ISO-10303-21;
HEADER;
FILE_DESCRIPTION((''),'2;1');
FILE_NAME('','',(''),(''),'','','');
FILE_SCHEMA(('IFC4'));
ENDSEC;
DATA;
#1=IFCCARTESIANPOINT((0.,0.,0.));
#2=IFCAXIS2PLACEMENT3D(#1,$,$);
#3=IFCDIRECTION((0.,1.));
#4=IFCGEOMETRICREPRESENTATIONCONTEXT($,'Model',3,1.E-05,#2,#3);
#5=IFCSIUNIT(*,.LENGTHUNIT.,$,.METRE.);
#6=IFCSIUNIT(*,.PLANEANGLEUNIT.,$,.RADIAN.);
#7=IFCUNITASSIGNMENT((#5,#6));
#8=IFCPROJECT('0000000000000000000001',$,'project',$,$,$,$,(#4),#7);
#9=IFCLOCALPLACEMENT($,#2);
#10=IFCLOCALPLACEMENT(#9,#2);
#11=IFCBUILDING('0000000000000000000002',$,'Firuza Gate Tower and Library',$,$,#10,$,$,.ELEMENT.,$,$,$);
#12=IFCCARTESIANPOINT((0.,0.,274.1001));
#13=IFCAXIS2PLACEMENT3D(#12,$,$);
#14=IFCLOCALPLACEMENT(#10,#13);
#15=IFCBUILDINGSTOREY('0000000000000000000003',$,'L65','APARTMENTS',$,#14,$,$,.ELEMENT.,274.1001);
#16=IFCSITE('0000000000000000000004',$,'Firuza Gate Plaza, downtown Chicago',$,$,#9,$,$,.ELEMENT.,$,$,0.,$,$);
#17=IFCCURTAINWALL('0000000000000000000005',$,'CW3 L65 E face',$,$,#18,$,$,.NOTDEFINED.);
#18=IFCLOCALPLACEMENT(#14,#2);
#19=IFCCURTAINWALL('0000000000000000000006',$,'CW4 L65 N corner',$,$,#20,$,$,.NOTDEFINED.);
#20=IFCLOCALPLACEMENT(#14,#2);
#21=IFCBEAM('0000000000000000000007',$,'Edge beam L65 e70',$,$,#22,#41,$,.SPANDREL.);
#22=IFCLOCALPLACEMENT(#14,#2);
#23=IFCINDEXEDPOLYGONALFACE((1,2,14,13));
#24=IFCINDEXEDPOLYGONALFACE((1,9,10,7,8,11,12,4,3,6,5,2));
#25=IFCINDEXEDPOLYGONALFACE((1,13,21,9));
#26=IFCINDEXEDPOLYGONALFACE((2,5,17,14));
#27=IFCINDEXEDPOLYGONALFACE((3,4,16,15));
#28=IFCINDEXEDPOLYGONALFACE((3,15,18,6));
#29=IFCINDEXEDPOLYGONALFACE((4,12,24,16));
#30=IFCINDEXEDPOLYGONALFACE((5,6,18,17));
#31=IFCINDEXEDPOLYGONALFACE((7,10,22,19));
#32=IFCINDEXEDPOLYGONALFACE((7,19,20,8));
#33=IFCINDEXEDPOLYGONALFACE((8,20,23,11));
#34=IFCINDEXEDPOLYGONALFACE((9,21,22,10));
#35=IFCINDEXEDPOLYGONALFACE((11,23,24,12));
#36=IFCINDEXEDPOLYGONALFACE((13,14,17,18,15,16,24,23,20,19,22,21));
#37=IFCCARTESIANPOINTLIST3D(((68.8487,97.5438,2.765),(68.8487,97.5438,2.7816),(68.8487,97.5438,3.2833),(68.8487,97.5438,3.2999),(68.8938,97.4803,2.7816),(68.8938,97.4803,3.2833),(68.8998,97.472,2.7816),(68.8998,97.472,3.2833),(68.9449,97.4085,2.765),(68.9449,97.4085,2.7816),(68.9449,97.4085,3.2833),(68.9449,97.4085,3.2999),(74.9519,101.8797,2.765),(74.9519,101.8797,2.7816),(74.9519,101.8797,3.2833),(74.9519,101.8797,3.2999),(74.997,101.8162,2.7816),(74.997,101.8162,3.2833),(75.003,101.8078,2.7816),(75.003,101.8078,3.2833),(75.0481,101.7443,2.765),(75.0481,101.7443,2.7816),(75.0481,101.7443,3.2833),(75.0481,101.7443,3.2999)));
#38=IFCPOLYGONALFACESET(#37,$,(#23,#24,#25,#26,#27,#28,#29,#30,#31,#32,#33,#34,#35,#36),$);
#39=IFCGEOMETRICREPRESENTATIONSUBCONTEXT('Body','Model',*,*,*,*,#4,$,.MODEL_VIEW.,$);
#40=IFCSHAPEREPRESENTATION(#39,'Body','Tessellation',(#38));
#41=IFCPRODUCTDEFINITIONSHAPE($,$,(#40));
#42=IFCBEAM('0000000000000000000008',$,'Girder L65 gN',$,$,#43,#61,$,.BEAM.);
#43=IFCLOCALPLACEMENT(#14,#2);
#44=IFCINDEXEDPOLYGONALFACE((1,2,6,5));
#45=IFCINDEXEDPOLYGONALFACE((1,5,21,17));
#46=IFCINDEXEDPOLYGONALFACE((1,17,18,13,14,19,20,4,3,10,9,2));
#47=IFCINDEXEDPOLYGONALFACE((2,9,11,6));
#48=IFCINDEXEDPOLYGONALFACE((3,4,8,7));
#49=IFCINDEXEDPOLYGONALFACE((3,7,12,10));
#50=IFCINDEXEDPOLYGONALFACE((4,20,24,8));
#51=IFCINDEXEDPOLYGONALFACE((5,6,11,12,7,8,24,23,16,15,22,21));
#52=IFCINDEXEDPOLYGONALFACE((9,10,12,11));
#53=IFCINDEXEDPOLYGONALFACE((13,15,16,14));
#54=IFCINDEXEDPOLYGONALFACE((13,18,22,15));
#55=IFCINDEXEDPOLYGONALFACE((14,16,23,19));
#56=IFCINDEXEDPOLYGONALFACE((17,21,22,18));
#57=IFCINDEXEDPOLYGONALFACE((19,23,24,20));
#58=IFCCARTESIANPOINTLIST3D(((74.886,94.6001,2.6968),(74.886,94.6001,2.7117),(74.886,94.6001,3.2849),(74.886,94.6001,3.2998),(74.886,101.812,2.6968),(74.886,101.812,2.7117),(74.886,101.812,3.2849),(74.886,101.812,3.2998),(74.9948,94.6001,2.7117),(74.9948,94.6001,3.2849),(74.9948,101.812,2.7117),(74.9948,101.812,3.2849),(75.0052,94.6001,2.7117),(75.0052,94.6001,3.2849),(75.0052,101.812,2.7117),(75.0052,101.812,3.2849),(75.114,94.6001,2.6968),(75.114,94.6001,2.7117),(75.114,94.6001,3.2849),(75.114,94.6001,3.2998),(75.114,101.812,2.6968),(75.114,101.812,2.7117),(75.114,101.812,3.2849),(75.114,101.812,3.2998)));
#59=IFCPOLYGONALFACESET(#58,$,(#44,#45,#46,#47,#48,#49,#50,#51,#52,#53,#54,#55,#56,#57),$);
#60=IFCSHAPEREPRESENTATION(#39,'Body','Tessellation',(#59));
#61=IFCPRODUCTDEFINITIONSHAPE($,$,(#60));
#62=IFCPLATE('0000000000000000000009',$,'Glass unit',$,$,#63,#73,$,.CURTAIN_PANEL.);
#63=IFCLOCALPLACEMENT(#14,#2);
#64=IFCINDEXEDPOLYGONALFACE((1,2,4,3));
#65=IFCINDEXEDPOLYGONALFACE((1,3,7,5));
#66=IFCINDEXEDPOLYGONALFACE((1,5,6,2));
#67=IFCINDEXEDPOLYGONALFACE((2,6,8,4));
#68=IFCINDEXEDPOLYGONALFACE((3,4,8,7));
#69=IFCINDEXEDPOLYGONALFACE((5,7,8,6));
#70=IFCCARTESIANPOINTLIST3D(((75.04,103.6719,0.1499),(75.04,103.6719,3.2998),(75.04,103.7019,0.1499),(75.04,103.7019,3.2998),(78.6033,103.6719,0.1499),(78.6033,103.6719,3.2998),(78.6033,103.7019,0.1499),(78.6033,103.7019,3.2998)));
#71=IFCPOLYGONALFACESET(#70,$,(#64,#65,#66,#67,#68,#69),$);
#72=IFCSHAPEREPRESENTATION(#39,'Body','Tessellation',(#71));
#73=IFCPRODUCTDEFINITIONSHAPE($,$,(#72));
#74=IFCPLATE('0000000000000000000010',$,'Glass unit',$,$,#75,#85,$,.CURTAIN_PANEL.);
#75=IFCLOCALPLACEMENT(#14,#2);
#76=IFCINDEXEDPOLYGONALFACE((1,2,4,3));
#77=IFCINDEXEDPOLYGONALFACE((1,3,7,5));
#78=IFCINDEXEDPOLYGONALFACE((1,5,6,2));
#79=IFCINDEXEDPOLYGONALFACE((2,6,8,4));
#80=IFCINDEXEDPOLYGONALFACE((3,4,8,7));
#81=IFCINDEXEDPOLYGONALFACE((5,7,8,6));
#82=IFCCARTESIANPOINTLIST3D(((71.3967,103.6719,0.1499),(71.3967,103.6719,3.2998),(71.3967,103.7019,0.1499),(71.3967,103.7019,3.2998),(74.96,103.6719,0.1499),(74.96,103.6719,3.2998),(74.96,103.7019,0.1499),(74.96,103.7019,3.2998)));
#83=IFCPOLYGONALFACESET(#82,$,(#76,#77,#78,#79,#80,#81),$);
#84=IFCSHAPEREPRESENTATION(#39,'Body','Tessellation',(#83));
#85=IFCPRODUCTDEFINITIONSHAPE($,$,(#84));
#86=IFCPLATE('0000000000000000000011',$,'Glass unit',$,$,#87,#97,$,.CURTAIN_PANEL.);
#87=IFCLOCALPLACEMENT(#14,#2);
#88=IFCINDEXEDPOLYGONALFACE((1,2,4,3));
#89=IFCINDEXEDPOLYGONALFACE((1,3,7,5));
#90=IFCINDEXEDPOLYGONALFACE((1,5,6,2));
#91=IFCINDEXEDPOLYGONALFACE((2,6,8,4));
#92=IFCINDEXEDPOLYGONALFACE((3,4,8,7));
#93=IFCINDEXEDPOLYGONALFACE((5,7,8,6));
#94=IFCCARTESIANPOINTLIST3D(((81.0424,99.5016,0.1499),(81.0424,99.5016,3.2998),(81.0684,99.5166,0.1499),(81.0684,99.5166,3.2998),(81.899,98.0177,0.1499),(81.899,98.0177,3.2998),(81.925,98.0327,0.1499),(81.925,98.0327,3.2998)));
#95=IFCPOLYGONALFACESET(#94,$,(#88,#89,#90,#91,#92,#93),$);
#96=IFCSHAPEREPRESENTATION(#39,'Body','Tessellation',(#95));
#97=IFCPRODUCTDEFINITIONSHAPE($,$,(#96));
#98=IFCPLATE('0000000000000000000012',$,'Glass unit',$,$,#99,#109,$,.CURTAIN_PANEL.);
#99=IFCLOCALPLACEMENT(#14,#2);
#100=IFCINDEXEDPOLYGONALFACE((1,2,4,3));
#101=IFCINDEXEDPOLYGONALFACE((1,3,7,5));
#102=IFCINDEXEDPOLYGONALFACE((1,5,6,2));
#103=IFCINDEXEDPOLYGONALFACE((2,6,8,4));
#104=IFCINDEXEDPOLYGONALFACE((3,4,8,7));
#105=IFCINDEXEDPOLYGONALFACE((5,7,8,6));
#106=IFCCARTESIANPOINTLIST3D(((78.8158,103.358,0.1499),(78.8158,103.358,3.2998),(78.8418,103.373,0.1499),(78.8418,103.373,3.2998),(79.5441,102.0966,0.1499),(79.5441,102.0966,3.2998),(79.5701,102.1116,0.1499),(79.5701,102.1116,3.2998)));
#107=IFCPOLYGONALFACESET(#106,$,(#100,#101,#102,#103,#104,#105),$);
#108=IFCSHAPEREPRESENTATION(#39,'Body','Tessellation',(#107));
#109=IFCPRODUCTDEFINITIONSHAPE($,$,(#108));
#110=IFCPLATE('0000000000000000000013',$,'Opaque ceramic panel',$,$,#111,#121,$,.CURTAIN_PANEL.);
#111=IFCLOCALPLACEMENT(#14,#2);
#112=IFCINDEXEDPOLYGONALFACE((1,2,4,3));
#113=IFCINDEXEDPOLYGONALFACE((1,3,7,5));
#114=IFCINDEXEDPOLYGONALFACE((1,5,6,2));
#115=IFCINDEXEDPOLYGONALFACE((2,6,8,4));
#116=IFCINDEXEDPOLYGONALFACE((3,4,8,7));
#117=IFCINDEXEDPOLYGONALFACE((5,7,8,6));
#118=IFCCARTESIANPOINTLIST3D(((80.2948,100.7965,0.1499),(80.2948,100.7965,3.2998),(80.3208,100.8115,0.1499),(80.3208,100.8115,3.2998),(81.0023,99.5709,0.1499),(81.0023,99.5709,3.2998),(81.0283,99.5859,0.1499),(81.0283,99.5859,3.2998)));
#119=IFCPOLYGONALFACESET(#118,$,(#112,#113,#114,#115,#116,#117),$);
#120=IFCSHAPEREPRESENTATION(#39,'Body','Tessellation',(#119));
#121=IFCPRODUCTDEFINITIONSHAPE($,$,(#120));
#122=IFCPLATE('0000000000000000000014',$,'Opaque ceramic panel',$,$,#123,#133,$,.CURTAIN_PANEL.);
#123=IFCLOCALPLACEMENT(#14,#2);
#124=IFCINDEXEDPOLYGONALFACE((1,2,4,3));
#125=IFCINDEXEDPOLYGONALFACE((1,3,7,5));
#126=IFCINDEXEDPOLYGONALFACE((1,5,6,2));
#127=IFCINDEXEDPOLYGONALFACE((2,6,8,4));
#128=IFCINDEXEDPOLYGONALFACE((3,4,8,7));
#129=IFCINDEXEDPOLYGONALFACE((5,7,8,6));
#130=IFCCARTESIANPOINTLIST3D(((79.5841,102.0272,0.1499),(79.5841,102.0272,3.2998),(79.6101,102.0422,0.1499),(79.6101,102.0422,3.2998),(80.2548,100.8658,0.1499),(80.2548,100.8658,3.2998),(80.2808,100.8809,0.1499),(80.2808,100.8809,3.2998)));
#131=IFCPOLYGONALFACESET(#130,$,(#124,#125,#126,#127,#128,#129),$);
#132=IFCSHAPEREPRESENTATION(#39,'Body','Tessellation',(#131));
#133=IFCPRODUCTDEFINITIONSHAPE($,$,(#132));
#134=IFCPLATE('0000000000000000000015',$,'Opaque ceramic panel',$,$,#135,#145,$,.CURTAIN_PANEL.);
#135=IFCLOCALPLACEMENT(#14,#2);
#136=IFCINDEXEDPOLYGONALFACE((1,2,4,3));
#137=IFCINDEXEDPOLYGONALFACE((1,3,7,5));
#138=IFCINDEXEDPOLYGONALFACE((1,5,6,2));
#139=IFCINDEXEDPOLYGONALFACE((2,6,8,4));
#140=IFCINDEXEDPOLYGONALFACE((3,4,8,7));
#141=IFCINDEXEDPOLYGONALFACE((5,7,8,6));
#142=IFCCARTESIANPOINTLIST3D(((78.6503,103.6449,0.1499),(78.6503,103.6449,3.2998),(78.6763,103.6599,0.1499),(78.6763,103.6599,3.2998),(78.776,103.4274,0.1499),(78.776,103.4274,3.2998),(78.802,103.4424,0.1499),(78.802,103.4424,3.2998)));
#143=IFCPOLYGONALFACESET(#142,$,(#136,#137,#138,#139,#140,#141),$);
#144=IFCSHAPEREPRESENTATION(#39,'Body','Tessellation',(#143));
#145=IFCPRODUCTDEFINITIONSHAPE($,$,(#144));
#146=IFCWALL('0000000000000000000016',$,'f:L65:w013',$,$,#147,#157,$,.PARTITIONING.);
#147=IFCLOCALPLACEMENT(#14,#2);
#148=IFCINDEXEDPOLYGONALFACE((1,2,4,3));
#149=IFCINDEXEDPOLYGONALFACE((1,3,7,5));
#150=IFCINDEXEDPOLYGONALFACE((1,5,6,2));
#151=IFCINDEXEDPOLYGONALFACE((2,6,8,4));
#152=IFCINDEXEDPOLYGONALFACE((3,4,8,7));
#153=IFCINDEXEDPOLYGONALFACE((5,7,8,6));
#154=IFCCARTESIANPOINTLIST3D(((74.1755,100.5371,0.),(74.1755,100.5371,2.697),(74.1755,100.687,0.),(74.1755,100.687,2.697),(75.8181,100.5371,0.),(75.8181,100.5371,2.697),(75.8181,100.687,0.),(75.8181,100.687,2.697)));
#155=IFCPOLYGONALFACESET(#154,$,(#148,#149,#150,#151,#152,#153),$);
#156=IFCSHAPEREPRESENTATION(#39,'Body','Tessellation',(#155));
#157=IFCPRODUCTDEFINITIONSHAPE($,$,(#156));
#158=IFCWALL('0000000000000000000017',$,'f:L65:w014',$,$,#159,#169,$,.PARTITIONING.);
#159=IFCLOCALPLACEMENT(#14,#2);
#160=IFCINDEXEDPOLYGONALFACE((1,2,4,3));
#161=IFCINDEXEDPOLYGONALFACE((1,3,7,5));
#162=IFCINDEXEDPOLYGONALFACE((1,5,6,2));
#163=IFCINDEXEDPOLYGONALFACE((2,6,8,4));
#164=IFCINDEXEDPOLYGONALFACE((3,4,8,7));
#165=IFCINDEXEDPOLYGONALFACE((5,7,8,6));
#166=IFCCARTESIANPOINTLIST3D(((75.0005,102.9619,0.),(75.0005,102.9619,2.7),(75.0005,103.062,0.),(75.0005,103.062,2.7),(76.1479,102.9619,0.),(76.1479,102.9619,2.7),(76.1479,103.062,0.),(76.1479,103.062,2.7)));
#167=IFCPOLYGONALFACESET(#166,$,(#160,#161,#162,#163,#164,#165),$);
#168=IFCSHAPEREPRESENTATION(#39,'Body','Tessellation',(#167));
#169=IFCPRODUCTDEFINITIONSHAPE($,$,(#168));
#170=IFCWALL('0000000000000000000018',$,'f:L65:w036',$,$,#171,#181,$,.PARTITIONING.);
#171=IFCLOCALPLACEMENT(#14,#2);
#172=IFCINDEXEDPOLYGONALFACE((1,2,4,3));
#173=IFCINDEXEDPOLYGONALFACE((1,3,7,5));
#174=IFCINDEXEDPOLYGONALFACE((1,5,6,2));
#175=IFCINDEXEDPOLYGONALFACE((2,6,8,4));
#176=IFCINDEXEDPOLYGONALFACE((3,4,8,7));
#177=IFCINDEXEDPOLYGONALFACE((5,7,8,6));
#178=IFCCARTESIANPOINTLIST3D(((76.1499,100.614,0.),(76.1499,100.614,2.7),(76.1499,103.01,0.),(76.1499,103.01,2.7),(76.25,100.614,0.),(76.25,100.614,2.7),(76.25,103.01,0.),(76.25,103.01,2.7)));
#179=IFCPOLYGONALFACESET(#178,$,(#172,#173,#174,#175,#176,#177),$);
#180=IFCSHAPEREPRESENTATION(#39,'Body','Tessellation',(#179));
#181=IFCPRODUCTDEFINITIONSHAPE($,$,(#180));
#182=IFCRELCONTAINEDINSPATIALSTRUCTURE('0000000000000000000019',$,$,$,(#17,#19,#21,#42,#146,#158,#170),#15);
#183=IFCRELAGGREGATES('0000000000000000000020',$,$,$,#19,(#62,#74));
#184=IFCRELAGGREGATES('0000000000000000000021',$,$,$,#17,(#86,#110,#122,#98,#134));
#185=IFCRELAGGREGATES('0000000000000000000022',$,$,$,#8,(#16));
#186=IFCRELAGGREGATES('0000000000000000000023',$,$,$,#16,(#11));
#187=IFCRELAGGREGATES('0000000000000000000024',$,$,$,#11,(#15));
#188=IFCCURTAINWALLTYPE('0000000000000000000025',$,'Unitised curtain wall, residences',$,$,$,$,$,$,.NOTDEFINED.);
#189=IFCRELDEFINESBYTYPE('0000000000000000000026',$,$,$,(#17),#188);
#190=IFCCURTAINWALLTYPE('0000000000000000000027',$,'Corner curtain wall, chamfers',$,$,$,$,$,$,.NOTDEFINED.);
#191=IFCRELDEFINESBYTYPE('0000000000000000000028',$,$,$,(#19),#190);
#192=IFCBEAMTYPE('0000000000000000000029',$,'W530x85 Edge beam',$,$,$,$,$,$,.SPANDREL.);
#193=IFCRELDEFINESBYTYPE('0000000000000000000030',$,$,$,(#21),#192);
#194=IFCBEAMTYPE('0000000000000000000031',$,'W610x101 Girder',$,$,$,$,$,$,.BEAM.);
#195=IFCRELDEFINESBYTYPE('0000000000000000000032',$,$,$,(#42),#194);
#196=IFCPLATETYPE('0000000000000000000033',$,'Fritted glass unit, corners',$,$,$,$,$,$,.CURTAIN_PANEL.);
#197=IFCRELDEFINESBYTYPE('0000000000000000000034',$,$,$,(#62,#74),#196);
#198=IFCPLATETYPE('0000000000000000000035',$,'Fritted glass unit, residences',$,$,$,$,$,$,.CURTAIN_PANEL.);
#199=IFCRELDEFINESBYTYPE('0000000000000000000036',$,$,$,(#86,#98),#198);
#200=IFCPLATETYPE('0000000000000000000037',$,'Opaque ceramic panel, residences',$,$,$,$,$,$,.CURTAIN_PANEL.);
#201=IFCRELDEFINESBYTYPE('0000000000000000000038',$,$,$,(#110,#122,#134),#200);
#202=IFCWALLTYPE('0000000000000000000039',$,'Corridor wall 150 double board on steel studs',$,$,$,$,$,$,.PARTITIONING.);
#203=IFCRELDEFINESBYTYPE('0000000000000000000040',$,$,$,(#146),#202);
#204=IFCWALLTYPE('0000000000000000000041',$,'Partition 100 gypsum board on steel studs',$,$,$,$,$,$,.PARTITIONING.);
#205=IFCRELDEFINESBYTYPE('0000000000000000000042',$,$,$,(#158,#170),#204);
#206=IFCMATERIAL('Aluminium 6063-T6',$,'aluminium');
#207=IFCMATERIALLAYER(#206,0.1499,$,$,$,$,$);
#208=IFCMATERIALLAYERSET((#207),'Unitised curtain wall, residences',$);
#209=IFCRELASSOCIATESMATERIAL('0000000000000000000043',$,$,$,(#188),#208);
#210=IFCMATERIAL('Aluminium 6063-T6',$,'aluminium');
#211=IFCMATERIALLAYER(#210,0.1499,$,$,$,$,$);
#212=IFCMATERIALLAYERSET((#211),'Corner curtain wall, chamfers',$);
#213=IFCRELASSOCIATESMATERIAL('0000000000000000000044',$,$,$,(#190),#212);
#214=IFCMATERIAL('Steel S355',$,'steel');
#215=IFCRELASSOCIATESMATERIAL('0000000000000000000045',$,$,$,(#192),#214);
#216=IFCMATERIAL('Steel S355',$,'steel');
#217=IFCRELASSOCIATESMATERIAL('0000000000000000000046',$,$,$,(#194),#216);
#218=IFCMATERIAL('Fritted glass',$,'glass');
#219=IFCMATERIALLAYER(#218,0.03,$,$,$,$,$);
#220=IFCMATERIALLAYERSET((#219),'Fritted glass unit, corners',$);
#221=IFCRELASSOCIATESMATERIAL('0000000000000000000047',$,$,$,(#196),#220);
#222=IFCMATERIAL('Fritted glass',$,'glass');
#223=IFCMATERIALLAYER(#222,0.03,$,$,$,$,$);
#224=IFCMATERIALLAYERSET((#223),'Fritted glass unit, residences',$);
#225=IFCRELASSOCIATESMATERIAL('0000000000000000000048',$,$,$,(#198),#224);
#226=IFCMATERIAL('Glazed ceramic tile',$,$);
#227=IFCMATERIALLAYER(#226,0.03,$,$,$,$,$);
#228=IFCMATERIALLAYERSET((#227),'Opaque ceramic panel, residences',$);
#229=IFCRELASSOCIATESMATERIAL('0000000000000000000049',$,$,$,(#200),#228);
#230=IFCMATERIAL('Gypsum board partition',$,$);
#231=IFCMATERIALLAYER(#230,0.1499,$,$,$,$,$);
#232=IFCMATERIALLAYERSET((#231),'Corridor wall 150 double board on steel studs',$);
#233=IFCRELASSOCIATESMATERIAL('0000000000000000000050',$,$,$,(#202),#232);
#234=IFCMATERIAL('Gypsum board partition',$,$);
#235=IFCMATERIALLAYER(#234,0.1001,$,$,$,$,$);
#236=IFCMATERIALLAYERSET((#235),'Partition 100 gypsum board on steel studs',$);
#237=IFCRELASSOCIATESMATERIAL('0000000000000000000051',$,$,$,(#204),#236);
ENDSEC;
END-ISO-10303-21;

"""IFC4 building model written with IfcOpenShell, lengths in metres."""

from ifc_helpers import new_model, si_unit, direction, frame, frame_2d, origin, origin_2d, place, context, subcontext, project, spatial, polyline, rectangle, i_section, outline, extrude, material, layer, layer_set, material_profile, profile_set, type_object, element, aggregate, save


model = new_model("IFC4")

# Units and contexts
model_context = context("Model", 3, precision=1e-05, world=origin(), true_north=direction((0.0, 1.0)))
body_context = subcontext(model_context, "Body", "Model", "MODEL_VIEW")
ifc_project = project(units=[si_unit("LENGTHUNIT", "METRE"), si_unit("PLANEANGLEUNIT", "RADIAN")], contexts=[model_context])

# Site, building, storey
site_placement = place(None, origin())
site = spatial("IfcSite", under=ifc_project, at=site_placement, Name="Firuza Gate Plaza, downtown Chicago", CompositionType="ELEMENT", RefElevation=0.0)
building_placement = place(site_placement, origin())
building = spatial("IfcBuilding", under=site, at=building_placement, Name="Firuza Gate Tower and Library", CompositionType="ELEMENT")
storey_placement = place(building_placement, frame((0.0, 0.0, 274.1001)))
storey = spatial("IfcBuildingStorey", under=building, at=storey_placement, Name="L65", Description="APARTMENTS", CompositionType="ELEMENT", Elevation=274.1001)

# Curtain walls
ifc_material_1 = material(Name="Aluminium 6063-T6", Category="aluminium")
ifc_layer_1 = layer(ifc_material_1, 0.1499)
ifc_layer_set_1 = layer_set([ifc_layer_1], Name="Unitised curtain wall, residences")
curtain_wall_type_1 = type_object("IfcCurtainWallType", Name="Unitised curtain wall, residences", PredefinedType="NOTDEFINED", material=ifc_layer_set_1)
placement = place(storey_placement, origin())
curtain_wall_1 = element("IfcCurtainWall", 1, at=placement, inside=storey, type_object=curtain_wall_type_1, Name="CW3 L65 E face", PredefinedType="NOTDEFINED")
ifc_material_2 = material(Name="Aluminium 6063-T6", Category="aluminium")
ifc_layer_2 = layer(ifc_material_2, 0.1499)
ifc_layer_set_2 = layer_set([ifc_layer_2], Name="Corner curtain wall, chamfers")
curtain_wall_type_2 = type_object("IfcCurtainWallType", Name="Corner curtain wall, chamfers", PredefinedType="NOTDEFINED", material=ifc_layer_set_2)
curtain_wall_2 = element("IfcCurtainWall", 2, at=placement, inside=storey, type_object=curtain_wall_type_2, Name="CW4 L65 N corner", PredefinedType="NOTDEFINED")

# Beams
ifc_material_3 = material(Name="Steel S355", Category="steel")
ifc_material_profile_1 = material_profile(ifc_material_3, i_section(OverallWidth=0.166, OverallDepth=0.5349, WebThickness=0.0103, FlangeThickness=0.0166, at=origin_2d()))
ifc_profile_set_1 = profile_set([ifc_material_profile_1], Name="Steel S355")
beam_type_1 = type_object("IfcBeamType", Name="W530x85 Edge beam", PredefinedType="SPANDREL", material=ifc_profile_set_1)
for number, where, z_axis, x_axis, name in (
    (3, (75.0, 101.812, 3.0325), (-0.815218, -0.579154, 0.0), (0.579154, -0.815218, 0.0), "Edge beam L65 e70"),
):
    element("IfcBeam", number, at=place(storey_placement, frame(where, z_axis=z_axis, x_axis=x_axis)), inside=storey, type_object=beam_type_1, Name=name, PredefinedType="SPANDREL", context=body_context, shape_type="SweptSolid", body=[
        extrude(i_section(OverallWidth=0.166, OverallDepth=0.5349, WebThickness=0.0103, FlangeThickness=0.0166, at=origin_2d()), origin(), (0.0, 0.0, 1.0), 7.4866),
    ])
ifc_material_4 = material(Name="Steel S355", Category="steel")
ifc_material_profile_2 = material_profile(ifc_material_4, i_section(OverallWidth=0.228, OverallDepth=0.603, WebThickness=0.0105, FlangeThickness=0.0149, at=origin_2d()))
ifc_profile_set_2 = profile_set([ifc_material_profile_2], Name="Steel S355")
beam_type_2 = type_object("IfcBeamType", Name="W610x101 Girder", PredefinedType="BEAM", material=ifc_profile_set_2)
beam_1_placement = place(storey_placement, frame((75.0, 101.812, 2.9983), z_axis=(0.0, -1.0, 0.0), x_axis=(1.0, 0.0, 0.0)))
element("IfcBeam", 4, at=beam_1_placement, inside=storey, type_object=beam_type_2, Name="Girder L65 gN", PredefinedType="BEAM", context=body_context, shape_type="SweptSolid", body=[
    extrude(i_section(OverallWidth=0.228, OverallDepth=0.603, WebThickness=0.0105, FlangeThickness=0.0149, at=origin_2d()), origin(), (0.0, 0.0, 1.0), 7.2119),
])

# Plates
ifc_material_5 = material(Name="Fritted glass", Category="glass")
ifc_layer_3 = layer(ifc_material_5, 0.03)
ifc_layer_set_3 = layer_set([ifc_layer_3], Name="Fritted glass unit, corners")
plate_type_1 = type_object("IfcPlateType", Name="Fritted glass unit, corners", PredefinedType="CURTAIN_PANEL", material=ifc_layer_set_3)
plate_1_placement = place(storey_placement, frame((78.6033, 103.7019, 0.1499), z_axis=(0.0, 1.0, 0.0), x_axis=(-1.0, 0.0, 0.0)))
plate_1 = element("IfcPlate", 5, at=plate_1_placement, type_object=plate_type_1, Name="Glass unit", PredefinedType="CURTAIN_PANEL", context=body_context, shape_type="SweptSolid", body=[
    extrude(outline(polyline([(0.0, 0.0), (3.5632, 0.0), (3.5632, 3.1499), (0.0, 3.1499), (0.0, 0.0)])), origin(), (0.0, 0.0, -1.0), 0.03),
])
plate_2_placement = place(storey_placement, frame((74.96, 103.7019, 0.1499), z_axis=(0.0, 1.0, 0.0), x_axis=(-1.0, 0.0, 0.0)))
plate_2 = element("IfcPlate", 6, at=plate_2_placement, type_object=plate_type_1, Name="Glass unit", PredefinedType="CURTAIN_PANEL", context=body_context, shape_type="SweptSolid", body=[
    extrude(outline(polyline([(0.0, 0.0), (3.5632, 0.0), (3.5632, 3.1499), (0.0, 3.1499), (0.0, 0.0)])), origin(), (0.0, 0.0, -1.0), 0.03),
])
aggregate(curtain_wall_2, [plate_1, plate_2])
ifc_material_6 = material(Name="Fritted glass", Category="glass")
ifc_layer_4 = layer(ifc_material_6, 0.03)
ifc_layer_set_4 = layer_set([ifc_layer_4], Name="Fritted glass unit, residences")
plate_type_2 = type_object("IfcPlateType", Name="Fritted glass unit, residences", PredefinedType="CURTAIN_PANEL", material=ifc_layer_set_4)
plate_3_placement = place(storey_placement, frame((81.925, 98.0327, 0.1499), z_axis=(0.866034, 0.499986, 0.0), x_axis=(-0.499986, 0.866034, 0.0)))
plate_3 = element("IfcPlate", 7, at=plate_3_placement, type_object=plate_type_2, Name="Glass unit", PredefinedType="CURTAIN_PANEL", context=body_context, shape_type="SweptSolid", body=[
    extrude(outline(polyline([(0.0, 0.0), (1.7134, 0.0), (1.7134, 3.1499), (0.0, 3.1499), (0.0, 0.0)])), origin(), (0.0, 0.0, -1.0), 0.03),
])
plate_4_placement = place(storey_placement, frame((79.5701, 102.1116, 0.1499), z_axis=(0.866038, 0.499979, 0.0), x_axis=(-0.499979, 0.866038, 0.0)))
plate_4 = element("IfcPlate", 8, at=plate_4_placement, type_object=plate_type_2, Name="Glass unit", PredefinedType="CURTAIN_PANEL", context=body_context, shape_type="SweptSolid", body=[
    extrude(outline(polyline([(0.0, 0.0), (1.4566, 0.0), (1.4566, 3.1499), (0.0, 3.1499), (0.0, 0.0)])), origin(), (0.0, 0.0, -1.0), 0.03),
])
ifc_material_7 = material(Name="Glazed ceramic tile")
ifc_layer_5 = layer(ifc_material_7, 0.03)
ifc_layer_set_5 = layer_set([ifc_layer_5], Name="Opaque ceramic panel, residences")
plate_type_3 = type_object("IfcPlateType", Name="Opaque ceramic panel, residences", PredefinedType="CURTAIN_PANEL", material=ifc_layer_set_5)
plate_5_placement = place(storey_placement, frame((81.0283, 99.5859, 0.1499), z_axis=(0.866048, 0.499961, 0.0), x_axis=(-0.499961, 0.866048, 0.0)))
plate_5 = element("IfcPlate", 9, at=plate_5_placement, type_object=plate_type_3, Name="Opaque ceramic panel", PredefinedType="CURTAIN_PANEL", context=body_context, shape_type="SweptSolid", body=[
    extrude(outline(polyline([(0.0, 0.0), (1.4151, 0.0), (1.4151, 3.1499), (0.0, 3.1499), (0.0, 0.0)])), origin(), (0.0, 0.0, -1.0), 0.03),
])
plate_6_placement = place(storey_placement, frame((80.2808, 100.8809, 0.1499), z_axis=(0.865982, 0.500074, 0.0), x_axis=(-0.500074, 0.865982, 0.0)))
plate_6 = element("IfcPlate", 10, at=plate_6_placement, type_object=plate_type_3, Name="Opaque ceramic panel", PredefinedType="CURTAIN_PANEL", context=body_context, shape_type="SweptSolid", body=[
    extrude(outline(polyline([(0.0, 0.0), (1.3411, 0.0), (1.3411, 3.1499), (0.0, 3.1499), (0.0, 0.0)])), origin(), (0.0, 0.0, -1.0), 0.03),
])
plate_7_placement = place(storey_placement, frame((78.802, 103.4424, 0.1499), z_axis=(0.865781, 0.500423, 0.0), x_axis=(-0.500423, 0.865781, 0.0)))
plate_7 = element("IfcPlate", 11, at=plate_7_placement, type_object=plate_type_3, Name="Opaque ceramic panel", PredefinedType="CURTAIN_PANEL", context=body_context, shape_type="SweptSolid", body=[
    extrude(outline(polyline([(0.0, 0.0), (0.2513, 0.0), (0.2513, 3.1499), (0.0, 3.1499), (0.0, 0.0)])), origin(), (0.0, 0.0, -1.0), 0.03),
])
aggregate(curtain_wall_1, [plate_3, plate_5, plate_6, plate_4, plate_7])

# Walls
ifc_material_8 = material(Name="Gypsum board partition")
ifc_layer_6 = layer(ifc_material_8, 0.1499)
ifc_layer_set_6 = layer_set([ifc_layer_6], Name="Corridor wall 150 double board on steel studs")
wall_type_1 = type_object("IfcWallType", Name="Corridor wall 150 double board on steel studs", PredefinedType="PARTITIONING", material=ifc_layer_set_6)
wall_1_placement = place(storey_placement, frame((74.1755, 100.6121, 0.0), z_axis=(0.0, 0.0, 1.0), x_axis=(1.0, 0.0, 0.0)))
element("IfcWall", 12, at=wall_1_placement, inside=storey, type_object=wall_type_1, Name="f:L65:w013", PredefinedType="PARTITIONING", context=body_context, shape_type="SweptSolid", body=[
    extrude(rectangle(XDim=1.6426, YDim=0.1499, at=frame_2d((0.8213, 0.0))), origin(), (0.0, 0.0, 1.0), 2.697),
])
ifc_material_9 = material(Name="Gypsum board partition")
ifc_layer_7 = layer(ifc_material_9, 0.1001)
ifc_layer_set_7 = layer_set([ifc_layer_7], Name="Partition 100 gypsum board on steel studs")
wall_type_2 = type_object("IfcWallType", Name="Partition 100 gypsum board on steel studs", PredefinedType="PARTITIONING", material=ifc_layer_set_7)
wall_2_placement = place(storey_placement, frame((75.0005, 103.012, 0.0), z_axis=(0.0, 0.0, 1.0), x_axis=(1.0, 0.0, 0.0)))
element("IfcWall", 13, at=wall_2_placement, inside=storey, type_object=wall_type_2, Name="f:L65:w014", PredefinedType="PARTITIONING", context=body_context, shape_type="SweptSolid", body=[
    extrude(rectangle(XDim=1.1475, YDim=0.1001, at=frame_2d((0.5737, 0.0))), origin(), (0.0, 0.0, 1.0), 2.7),
])
wall_3_placement = place(storey_placement, frame((76.2, 100.614, 0.0), z_axis=(0.0, 0.0, 1.0), x_axis=(0.0, 1.0, 0.0)))
element("IfcWall", 14, at=wall_3_placement, inside=storey, type_object=wall_type_2, Name="f:L65:w036", PredefinedType="PARTITIONING", context=body_context, shape_type="SweptSolid", body=[
    extrude(rectangle(XDim=2.396, YDim=0.1001, at=frame_2d((1.198, 0.0))), origin(), (0.0, 0.0, 1.0), 2.7),
])

save(model, "model.ifc")
